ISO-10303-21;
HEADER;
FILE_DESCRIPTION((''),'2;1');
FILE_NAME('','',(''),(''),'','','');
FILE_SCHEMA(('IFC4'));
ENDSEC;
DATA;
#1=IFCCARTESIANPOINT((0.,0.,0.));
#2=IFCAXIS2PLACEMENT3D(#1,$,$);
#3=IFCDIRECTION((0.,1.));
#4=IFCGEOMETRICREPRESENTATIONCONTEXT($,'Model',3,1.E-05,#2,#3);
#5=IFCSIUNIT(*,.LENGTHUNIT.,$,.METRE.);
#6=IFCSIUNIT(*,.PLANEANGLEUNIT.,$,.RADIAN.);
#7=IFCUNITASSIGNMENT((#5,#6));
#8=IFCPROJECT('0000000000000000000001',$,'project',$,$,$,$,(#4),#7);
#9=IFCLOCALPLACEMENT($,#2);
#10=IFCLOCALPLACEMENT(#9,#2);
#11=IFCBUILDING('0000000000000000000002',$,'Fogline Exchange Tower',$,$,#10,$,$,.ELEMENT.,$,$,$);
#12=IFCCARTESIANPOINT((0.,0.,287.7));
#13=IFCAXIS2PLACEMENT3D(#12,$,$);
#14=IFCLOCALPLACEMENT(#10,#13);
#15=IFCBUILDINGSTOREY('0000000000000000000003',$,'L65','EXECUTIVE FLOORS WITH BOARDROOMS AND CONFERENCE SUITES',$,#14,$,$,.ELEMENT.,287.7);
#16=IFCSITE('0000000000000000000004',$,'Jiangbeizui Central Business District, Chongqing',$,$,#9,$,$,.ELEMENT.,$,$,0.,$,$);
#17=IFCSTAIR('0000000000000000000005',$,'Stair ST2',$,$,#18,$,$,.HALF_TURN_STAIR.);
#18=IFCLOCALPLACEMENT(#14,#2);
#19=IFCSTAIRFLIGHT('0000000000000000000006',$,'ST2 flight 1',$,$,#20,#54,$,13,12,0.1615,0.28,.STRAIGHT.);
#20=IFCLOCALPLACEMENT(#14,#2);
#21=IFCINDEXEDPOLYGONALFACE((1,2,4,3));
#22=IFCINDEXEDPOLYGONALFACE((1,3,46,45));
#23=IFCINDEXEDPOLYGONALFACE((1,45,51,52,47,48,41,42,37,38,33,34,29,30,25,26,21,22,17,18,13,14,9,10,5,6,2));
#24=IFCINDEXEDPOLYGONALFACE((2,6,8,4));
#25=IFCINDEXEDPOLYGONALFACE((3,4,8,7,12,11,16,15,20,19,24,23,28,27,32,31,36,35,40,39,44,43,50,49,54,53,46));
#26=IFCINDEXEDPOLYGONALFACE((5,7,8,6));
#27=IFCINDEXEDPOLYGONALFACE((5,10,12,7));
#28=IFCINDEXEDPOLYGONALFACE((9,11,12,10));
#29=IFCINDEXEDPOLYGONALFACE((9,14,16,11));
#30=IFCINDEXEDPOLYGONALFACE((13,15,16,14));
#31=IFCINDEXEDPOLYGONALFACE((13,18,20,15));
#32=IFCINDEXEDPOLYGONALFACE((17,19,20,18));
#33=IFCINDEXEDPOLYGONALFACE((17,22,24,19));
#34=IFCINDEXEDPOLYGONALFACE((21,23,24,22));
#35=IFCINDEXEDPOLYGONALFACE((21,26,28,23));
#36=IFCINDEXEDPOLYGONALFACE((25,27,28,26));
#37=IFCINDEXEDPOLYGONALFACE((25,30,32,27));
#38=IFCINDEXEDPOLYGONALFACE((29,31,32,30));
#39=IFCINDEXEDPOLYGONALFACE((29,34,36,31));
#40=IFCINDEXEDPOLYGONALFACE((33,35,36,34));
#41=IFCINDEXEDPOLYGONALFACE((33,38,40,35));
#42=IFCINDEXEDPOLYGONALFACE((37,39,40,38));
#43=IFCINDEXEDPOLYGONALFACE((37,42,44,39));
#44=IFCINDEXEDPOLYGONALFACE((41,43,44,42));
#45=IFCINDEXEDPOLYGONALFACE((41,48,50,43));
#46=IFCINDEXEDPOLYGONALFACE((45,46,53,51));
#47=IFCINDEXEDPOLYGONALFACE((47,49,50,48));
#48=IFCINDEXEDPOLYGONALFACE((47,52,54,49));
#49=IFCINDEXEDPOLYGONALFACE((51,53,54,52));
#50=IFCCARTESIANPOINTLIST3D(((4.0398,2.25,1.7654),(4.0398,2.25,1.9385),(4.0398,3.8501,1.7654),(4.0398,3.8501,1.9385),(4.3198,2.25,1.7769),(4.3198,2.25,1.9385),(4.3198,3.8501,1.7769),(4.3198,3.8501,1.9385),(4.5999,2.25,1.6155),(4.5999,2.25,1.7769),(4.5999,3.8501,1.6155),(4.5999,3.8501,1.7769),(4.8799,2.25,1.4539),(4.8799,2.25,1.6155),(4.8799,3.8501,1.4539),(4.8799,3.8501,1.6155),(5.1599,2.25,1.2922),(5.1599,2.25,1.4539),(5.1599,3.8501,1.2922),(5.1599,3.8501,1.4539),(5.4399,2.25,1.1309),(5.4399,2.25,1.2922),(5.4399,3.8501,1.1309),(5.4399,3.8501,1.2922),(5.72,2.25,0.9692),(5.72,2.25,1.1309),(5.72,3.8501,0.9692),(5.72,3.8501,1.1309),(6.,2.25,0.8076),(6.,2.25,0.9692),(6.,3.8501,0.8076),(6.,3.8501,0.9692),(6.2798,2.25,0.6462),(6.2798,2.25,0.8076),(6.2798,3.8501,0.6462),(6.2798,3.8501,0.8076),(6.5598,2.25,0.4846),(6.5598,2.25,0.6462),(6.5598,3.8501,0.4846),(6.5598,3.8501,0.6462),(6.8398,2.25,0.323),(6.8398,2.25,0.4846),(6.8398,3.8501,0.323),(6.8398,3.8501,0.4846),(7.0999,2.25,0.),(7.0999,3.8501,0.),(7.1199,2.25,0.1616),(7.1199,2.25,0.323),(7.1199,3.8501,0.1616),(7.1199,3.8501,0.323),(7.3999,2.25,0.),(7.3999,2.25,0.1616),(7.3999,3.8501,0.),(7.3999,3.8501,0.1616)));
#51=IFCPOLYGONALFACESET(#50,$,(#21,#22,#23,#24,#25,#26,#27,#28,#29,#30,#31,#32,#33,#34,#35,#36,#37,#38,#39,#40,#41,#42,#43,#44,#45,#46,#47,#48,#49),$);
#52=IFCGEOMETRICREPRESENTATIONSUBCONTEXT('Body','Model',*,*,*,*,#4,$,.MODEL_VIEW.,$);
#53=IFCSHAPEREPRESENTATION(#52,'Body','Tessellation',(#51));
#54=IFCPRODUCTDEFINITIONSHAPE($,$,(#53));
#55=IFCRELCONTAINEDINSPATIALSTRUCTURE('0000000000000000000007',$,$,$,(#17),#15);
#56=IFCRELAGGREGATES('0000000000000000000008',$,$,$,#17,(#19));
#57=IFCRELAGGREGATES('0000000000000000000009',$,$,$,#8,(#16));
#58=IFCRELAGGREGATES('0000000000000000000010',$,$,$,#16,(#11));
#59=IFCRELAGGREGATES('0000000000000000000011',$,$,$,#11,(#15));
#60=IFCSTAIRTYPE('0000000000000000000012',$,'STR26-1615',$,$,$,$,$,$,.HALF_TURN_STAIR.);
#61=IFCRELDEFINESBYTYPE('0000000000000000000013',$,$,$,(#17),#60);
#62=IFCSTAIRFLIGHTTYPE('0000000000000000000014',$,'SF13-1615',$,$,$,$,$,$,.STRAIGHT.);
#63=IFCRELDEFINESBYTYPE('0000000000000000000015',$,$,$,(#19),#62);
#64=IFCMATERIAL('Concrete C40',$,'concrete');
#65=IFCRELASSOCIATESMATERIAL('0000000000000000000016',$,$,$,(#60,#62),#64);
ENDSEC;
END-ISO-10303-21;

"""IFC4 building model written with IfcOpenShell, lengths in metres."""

from ifc_helpers import new_model, si_unit, direction, frame, origin, place, context, subcontext, project, spatial, polyline, outline, extrude, material, type_object, element, aggregate, save


model = new_model("IFC4")

# Units and contexts
model_context = context("Model", 3, precision=1e-05, world=origin(), true_north=direction((0.0, 1.0)))
body_context = subcontext(model_context, "Body", "Model", "MODEL_VIEW")
ifc_project = project(units=[si_unit("LENGTHUNIT", "METRE"), si_unit("PLANEANGLEUNIT", "RADIAN")], contexts=[model_context])

# Site, building, storey
site_placement = place(None, origin())
site = spatial("IfcSite", under=ifc_project, at=site_placement, Name="Jiangbeizui Central Business District, Chongqing", CompositionType="ELEMENT", RefElevation=0.0)
building_placement = place(site_placement, origin())
building = spatial("IfcBuilding", under=site, at=building_placement, Name="Fogline Exchange Tower", CompositionType="ELEMENT")
storey_placement = place(building_placement, frame((0.0, 0.0, 287.7)))
storey = spatial("IfcBuildingStorey", under=building, at=storey_placement, Name="L65", Description="EXECUTIVE FLOORS WITH BOARDROOMS AND CONFERENCE SUITES", CompositionType="ELEMENT", Elevation=287.7)

# Shared definitions
ifc_material_1 = material(Name="Concrete C40", Category="concrete")

# Stair, stair flight
stair_type = type_object("IfcStairType", Name="STR26-1615", PredefinedType="HALF_TURN_STAIR", material=ifc_material_1)
stair_placement = place(storey_placement, origin())
stair = element("IfcStair", 1, at=stair_placement, inside=storey, type_object=stair_type, Name="Stair ST2", PredefinedType="HALF_TURN_STAIR")
stair_flight_type = type_object("IfcStairFlightType", Name="SF13-1615", PredefinedType="STRAIGHT", material=ifc_material_1)
stair_flight_placement = place(storey_placement, frame((7.3999, 3.05, 0.0), z_axis=(0.0, 0.0, 1.0), x_axis=(-1.0, 0.0, 0.0)))
stair_flight = element("IfcStairFlight", 2, at=stair_flight_placement, type_object=stair_flight_type, Name="ST2 flight 1", NumberOfRisers=13, NumberOfTreads=12, PredefinedType="STRAIGHT", RiserHeight=0.1615, TreadLength=0.28, context=body_context, shape_type="SweptSolid", body=[
    extrude(outline(polyline([(0.0, 0.0), (0.0, 0.1616), (0.28, 0.1616), (0.28, 0.323), (0.5601, 0.323), (0.5601, 0.4846), (0.8401, 0.4846), (0.8401, 0.6462), (1.1201, 0.6462), (1.1201, 0.8076), (1.3999, 0.8076), (1.3999, 0.9692), (1.6799, 0.9692), (1.6799, 1.1309), (1.96, 1.1309), (1.96, 1.2922), (2.24, 1.2922), (2.24, 1.4539), (2.52, 1.4539), (2.52, 1.6155), (2.8, 1.6155), (2.8, 1.7769), (3.0801, 1.7769), (3.0801, 1.9385), (3.3601, 1.9385), (3.3601, 2.1001), (3.3601, 1.7654), (0.3, 0.0), (0.0, 0.0)])), frame((0.0, 0.8, 0.0), z_axis=(0.0, -1.0, 0.0), x_axis=(1.0, 0.0, 0.0)), (0.0, 0.0, 1.0), 1.6001),
])
aggregate(stair, [stair_flight])

save(model, "model.ifc")
